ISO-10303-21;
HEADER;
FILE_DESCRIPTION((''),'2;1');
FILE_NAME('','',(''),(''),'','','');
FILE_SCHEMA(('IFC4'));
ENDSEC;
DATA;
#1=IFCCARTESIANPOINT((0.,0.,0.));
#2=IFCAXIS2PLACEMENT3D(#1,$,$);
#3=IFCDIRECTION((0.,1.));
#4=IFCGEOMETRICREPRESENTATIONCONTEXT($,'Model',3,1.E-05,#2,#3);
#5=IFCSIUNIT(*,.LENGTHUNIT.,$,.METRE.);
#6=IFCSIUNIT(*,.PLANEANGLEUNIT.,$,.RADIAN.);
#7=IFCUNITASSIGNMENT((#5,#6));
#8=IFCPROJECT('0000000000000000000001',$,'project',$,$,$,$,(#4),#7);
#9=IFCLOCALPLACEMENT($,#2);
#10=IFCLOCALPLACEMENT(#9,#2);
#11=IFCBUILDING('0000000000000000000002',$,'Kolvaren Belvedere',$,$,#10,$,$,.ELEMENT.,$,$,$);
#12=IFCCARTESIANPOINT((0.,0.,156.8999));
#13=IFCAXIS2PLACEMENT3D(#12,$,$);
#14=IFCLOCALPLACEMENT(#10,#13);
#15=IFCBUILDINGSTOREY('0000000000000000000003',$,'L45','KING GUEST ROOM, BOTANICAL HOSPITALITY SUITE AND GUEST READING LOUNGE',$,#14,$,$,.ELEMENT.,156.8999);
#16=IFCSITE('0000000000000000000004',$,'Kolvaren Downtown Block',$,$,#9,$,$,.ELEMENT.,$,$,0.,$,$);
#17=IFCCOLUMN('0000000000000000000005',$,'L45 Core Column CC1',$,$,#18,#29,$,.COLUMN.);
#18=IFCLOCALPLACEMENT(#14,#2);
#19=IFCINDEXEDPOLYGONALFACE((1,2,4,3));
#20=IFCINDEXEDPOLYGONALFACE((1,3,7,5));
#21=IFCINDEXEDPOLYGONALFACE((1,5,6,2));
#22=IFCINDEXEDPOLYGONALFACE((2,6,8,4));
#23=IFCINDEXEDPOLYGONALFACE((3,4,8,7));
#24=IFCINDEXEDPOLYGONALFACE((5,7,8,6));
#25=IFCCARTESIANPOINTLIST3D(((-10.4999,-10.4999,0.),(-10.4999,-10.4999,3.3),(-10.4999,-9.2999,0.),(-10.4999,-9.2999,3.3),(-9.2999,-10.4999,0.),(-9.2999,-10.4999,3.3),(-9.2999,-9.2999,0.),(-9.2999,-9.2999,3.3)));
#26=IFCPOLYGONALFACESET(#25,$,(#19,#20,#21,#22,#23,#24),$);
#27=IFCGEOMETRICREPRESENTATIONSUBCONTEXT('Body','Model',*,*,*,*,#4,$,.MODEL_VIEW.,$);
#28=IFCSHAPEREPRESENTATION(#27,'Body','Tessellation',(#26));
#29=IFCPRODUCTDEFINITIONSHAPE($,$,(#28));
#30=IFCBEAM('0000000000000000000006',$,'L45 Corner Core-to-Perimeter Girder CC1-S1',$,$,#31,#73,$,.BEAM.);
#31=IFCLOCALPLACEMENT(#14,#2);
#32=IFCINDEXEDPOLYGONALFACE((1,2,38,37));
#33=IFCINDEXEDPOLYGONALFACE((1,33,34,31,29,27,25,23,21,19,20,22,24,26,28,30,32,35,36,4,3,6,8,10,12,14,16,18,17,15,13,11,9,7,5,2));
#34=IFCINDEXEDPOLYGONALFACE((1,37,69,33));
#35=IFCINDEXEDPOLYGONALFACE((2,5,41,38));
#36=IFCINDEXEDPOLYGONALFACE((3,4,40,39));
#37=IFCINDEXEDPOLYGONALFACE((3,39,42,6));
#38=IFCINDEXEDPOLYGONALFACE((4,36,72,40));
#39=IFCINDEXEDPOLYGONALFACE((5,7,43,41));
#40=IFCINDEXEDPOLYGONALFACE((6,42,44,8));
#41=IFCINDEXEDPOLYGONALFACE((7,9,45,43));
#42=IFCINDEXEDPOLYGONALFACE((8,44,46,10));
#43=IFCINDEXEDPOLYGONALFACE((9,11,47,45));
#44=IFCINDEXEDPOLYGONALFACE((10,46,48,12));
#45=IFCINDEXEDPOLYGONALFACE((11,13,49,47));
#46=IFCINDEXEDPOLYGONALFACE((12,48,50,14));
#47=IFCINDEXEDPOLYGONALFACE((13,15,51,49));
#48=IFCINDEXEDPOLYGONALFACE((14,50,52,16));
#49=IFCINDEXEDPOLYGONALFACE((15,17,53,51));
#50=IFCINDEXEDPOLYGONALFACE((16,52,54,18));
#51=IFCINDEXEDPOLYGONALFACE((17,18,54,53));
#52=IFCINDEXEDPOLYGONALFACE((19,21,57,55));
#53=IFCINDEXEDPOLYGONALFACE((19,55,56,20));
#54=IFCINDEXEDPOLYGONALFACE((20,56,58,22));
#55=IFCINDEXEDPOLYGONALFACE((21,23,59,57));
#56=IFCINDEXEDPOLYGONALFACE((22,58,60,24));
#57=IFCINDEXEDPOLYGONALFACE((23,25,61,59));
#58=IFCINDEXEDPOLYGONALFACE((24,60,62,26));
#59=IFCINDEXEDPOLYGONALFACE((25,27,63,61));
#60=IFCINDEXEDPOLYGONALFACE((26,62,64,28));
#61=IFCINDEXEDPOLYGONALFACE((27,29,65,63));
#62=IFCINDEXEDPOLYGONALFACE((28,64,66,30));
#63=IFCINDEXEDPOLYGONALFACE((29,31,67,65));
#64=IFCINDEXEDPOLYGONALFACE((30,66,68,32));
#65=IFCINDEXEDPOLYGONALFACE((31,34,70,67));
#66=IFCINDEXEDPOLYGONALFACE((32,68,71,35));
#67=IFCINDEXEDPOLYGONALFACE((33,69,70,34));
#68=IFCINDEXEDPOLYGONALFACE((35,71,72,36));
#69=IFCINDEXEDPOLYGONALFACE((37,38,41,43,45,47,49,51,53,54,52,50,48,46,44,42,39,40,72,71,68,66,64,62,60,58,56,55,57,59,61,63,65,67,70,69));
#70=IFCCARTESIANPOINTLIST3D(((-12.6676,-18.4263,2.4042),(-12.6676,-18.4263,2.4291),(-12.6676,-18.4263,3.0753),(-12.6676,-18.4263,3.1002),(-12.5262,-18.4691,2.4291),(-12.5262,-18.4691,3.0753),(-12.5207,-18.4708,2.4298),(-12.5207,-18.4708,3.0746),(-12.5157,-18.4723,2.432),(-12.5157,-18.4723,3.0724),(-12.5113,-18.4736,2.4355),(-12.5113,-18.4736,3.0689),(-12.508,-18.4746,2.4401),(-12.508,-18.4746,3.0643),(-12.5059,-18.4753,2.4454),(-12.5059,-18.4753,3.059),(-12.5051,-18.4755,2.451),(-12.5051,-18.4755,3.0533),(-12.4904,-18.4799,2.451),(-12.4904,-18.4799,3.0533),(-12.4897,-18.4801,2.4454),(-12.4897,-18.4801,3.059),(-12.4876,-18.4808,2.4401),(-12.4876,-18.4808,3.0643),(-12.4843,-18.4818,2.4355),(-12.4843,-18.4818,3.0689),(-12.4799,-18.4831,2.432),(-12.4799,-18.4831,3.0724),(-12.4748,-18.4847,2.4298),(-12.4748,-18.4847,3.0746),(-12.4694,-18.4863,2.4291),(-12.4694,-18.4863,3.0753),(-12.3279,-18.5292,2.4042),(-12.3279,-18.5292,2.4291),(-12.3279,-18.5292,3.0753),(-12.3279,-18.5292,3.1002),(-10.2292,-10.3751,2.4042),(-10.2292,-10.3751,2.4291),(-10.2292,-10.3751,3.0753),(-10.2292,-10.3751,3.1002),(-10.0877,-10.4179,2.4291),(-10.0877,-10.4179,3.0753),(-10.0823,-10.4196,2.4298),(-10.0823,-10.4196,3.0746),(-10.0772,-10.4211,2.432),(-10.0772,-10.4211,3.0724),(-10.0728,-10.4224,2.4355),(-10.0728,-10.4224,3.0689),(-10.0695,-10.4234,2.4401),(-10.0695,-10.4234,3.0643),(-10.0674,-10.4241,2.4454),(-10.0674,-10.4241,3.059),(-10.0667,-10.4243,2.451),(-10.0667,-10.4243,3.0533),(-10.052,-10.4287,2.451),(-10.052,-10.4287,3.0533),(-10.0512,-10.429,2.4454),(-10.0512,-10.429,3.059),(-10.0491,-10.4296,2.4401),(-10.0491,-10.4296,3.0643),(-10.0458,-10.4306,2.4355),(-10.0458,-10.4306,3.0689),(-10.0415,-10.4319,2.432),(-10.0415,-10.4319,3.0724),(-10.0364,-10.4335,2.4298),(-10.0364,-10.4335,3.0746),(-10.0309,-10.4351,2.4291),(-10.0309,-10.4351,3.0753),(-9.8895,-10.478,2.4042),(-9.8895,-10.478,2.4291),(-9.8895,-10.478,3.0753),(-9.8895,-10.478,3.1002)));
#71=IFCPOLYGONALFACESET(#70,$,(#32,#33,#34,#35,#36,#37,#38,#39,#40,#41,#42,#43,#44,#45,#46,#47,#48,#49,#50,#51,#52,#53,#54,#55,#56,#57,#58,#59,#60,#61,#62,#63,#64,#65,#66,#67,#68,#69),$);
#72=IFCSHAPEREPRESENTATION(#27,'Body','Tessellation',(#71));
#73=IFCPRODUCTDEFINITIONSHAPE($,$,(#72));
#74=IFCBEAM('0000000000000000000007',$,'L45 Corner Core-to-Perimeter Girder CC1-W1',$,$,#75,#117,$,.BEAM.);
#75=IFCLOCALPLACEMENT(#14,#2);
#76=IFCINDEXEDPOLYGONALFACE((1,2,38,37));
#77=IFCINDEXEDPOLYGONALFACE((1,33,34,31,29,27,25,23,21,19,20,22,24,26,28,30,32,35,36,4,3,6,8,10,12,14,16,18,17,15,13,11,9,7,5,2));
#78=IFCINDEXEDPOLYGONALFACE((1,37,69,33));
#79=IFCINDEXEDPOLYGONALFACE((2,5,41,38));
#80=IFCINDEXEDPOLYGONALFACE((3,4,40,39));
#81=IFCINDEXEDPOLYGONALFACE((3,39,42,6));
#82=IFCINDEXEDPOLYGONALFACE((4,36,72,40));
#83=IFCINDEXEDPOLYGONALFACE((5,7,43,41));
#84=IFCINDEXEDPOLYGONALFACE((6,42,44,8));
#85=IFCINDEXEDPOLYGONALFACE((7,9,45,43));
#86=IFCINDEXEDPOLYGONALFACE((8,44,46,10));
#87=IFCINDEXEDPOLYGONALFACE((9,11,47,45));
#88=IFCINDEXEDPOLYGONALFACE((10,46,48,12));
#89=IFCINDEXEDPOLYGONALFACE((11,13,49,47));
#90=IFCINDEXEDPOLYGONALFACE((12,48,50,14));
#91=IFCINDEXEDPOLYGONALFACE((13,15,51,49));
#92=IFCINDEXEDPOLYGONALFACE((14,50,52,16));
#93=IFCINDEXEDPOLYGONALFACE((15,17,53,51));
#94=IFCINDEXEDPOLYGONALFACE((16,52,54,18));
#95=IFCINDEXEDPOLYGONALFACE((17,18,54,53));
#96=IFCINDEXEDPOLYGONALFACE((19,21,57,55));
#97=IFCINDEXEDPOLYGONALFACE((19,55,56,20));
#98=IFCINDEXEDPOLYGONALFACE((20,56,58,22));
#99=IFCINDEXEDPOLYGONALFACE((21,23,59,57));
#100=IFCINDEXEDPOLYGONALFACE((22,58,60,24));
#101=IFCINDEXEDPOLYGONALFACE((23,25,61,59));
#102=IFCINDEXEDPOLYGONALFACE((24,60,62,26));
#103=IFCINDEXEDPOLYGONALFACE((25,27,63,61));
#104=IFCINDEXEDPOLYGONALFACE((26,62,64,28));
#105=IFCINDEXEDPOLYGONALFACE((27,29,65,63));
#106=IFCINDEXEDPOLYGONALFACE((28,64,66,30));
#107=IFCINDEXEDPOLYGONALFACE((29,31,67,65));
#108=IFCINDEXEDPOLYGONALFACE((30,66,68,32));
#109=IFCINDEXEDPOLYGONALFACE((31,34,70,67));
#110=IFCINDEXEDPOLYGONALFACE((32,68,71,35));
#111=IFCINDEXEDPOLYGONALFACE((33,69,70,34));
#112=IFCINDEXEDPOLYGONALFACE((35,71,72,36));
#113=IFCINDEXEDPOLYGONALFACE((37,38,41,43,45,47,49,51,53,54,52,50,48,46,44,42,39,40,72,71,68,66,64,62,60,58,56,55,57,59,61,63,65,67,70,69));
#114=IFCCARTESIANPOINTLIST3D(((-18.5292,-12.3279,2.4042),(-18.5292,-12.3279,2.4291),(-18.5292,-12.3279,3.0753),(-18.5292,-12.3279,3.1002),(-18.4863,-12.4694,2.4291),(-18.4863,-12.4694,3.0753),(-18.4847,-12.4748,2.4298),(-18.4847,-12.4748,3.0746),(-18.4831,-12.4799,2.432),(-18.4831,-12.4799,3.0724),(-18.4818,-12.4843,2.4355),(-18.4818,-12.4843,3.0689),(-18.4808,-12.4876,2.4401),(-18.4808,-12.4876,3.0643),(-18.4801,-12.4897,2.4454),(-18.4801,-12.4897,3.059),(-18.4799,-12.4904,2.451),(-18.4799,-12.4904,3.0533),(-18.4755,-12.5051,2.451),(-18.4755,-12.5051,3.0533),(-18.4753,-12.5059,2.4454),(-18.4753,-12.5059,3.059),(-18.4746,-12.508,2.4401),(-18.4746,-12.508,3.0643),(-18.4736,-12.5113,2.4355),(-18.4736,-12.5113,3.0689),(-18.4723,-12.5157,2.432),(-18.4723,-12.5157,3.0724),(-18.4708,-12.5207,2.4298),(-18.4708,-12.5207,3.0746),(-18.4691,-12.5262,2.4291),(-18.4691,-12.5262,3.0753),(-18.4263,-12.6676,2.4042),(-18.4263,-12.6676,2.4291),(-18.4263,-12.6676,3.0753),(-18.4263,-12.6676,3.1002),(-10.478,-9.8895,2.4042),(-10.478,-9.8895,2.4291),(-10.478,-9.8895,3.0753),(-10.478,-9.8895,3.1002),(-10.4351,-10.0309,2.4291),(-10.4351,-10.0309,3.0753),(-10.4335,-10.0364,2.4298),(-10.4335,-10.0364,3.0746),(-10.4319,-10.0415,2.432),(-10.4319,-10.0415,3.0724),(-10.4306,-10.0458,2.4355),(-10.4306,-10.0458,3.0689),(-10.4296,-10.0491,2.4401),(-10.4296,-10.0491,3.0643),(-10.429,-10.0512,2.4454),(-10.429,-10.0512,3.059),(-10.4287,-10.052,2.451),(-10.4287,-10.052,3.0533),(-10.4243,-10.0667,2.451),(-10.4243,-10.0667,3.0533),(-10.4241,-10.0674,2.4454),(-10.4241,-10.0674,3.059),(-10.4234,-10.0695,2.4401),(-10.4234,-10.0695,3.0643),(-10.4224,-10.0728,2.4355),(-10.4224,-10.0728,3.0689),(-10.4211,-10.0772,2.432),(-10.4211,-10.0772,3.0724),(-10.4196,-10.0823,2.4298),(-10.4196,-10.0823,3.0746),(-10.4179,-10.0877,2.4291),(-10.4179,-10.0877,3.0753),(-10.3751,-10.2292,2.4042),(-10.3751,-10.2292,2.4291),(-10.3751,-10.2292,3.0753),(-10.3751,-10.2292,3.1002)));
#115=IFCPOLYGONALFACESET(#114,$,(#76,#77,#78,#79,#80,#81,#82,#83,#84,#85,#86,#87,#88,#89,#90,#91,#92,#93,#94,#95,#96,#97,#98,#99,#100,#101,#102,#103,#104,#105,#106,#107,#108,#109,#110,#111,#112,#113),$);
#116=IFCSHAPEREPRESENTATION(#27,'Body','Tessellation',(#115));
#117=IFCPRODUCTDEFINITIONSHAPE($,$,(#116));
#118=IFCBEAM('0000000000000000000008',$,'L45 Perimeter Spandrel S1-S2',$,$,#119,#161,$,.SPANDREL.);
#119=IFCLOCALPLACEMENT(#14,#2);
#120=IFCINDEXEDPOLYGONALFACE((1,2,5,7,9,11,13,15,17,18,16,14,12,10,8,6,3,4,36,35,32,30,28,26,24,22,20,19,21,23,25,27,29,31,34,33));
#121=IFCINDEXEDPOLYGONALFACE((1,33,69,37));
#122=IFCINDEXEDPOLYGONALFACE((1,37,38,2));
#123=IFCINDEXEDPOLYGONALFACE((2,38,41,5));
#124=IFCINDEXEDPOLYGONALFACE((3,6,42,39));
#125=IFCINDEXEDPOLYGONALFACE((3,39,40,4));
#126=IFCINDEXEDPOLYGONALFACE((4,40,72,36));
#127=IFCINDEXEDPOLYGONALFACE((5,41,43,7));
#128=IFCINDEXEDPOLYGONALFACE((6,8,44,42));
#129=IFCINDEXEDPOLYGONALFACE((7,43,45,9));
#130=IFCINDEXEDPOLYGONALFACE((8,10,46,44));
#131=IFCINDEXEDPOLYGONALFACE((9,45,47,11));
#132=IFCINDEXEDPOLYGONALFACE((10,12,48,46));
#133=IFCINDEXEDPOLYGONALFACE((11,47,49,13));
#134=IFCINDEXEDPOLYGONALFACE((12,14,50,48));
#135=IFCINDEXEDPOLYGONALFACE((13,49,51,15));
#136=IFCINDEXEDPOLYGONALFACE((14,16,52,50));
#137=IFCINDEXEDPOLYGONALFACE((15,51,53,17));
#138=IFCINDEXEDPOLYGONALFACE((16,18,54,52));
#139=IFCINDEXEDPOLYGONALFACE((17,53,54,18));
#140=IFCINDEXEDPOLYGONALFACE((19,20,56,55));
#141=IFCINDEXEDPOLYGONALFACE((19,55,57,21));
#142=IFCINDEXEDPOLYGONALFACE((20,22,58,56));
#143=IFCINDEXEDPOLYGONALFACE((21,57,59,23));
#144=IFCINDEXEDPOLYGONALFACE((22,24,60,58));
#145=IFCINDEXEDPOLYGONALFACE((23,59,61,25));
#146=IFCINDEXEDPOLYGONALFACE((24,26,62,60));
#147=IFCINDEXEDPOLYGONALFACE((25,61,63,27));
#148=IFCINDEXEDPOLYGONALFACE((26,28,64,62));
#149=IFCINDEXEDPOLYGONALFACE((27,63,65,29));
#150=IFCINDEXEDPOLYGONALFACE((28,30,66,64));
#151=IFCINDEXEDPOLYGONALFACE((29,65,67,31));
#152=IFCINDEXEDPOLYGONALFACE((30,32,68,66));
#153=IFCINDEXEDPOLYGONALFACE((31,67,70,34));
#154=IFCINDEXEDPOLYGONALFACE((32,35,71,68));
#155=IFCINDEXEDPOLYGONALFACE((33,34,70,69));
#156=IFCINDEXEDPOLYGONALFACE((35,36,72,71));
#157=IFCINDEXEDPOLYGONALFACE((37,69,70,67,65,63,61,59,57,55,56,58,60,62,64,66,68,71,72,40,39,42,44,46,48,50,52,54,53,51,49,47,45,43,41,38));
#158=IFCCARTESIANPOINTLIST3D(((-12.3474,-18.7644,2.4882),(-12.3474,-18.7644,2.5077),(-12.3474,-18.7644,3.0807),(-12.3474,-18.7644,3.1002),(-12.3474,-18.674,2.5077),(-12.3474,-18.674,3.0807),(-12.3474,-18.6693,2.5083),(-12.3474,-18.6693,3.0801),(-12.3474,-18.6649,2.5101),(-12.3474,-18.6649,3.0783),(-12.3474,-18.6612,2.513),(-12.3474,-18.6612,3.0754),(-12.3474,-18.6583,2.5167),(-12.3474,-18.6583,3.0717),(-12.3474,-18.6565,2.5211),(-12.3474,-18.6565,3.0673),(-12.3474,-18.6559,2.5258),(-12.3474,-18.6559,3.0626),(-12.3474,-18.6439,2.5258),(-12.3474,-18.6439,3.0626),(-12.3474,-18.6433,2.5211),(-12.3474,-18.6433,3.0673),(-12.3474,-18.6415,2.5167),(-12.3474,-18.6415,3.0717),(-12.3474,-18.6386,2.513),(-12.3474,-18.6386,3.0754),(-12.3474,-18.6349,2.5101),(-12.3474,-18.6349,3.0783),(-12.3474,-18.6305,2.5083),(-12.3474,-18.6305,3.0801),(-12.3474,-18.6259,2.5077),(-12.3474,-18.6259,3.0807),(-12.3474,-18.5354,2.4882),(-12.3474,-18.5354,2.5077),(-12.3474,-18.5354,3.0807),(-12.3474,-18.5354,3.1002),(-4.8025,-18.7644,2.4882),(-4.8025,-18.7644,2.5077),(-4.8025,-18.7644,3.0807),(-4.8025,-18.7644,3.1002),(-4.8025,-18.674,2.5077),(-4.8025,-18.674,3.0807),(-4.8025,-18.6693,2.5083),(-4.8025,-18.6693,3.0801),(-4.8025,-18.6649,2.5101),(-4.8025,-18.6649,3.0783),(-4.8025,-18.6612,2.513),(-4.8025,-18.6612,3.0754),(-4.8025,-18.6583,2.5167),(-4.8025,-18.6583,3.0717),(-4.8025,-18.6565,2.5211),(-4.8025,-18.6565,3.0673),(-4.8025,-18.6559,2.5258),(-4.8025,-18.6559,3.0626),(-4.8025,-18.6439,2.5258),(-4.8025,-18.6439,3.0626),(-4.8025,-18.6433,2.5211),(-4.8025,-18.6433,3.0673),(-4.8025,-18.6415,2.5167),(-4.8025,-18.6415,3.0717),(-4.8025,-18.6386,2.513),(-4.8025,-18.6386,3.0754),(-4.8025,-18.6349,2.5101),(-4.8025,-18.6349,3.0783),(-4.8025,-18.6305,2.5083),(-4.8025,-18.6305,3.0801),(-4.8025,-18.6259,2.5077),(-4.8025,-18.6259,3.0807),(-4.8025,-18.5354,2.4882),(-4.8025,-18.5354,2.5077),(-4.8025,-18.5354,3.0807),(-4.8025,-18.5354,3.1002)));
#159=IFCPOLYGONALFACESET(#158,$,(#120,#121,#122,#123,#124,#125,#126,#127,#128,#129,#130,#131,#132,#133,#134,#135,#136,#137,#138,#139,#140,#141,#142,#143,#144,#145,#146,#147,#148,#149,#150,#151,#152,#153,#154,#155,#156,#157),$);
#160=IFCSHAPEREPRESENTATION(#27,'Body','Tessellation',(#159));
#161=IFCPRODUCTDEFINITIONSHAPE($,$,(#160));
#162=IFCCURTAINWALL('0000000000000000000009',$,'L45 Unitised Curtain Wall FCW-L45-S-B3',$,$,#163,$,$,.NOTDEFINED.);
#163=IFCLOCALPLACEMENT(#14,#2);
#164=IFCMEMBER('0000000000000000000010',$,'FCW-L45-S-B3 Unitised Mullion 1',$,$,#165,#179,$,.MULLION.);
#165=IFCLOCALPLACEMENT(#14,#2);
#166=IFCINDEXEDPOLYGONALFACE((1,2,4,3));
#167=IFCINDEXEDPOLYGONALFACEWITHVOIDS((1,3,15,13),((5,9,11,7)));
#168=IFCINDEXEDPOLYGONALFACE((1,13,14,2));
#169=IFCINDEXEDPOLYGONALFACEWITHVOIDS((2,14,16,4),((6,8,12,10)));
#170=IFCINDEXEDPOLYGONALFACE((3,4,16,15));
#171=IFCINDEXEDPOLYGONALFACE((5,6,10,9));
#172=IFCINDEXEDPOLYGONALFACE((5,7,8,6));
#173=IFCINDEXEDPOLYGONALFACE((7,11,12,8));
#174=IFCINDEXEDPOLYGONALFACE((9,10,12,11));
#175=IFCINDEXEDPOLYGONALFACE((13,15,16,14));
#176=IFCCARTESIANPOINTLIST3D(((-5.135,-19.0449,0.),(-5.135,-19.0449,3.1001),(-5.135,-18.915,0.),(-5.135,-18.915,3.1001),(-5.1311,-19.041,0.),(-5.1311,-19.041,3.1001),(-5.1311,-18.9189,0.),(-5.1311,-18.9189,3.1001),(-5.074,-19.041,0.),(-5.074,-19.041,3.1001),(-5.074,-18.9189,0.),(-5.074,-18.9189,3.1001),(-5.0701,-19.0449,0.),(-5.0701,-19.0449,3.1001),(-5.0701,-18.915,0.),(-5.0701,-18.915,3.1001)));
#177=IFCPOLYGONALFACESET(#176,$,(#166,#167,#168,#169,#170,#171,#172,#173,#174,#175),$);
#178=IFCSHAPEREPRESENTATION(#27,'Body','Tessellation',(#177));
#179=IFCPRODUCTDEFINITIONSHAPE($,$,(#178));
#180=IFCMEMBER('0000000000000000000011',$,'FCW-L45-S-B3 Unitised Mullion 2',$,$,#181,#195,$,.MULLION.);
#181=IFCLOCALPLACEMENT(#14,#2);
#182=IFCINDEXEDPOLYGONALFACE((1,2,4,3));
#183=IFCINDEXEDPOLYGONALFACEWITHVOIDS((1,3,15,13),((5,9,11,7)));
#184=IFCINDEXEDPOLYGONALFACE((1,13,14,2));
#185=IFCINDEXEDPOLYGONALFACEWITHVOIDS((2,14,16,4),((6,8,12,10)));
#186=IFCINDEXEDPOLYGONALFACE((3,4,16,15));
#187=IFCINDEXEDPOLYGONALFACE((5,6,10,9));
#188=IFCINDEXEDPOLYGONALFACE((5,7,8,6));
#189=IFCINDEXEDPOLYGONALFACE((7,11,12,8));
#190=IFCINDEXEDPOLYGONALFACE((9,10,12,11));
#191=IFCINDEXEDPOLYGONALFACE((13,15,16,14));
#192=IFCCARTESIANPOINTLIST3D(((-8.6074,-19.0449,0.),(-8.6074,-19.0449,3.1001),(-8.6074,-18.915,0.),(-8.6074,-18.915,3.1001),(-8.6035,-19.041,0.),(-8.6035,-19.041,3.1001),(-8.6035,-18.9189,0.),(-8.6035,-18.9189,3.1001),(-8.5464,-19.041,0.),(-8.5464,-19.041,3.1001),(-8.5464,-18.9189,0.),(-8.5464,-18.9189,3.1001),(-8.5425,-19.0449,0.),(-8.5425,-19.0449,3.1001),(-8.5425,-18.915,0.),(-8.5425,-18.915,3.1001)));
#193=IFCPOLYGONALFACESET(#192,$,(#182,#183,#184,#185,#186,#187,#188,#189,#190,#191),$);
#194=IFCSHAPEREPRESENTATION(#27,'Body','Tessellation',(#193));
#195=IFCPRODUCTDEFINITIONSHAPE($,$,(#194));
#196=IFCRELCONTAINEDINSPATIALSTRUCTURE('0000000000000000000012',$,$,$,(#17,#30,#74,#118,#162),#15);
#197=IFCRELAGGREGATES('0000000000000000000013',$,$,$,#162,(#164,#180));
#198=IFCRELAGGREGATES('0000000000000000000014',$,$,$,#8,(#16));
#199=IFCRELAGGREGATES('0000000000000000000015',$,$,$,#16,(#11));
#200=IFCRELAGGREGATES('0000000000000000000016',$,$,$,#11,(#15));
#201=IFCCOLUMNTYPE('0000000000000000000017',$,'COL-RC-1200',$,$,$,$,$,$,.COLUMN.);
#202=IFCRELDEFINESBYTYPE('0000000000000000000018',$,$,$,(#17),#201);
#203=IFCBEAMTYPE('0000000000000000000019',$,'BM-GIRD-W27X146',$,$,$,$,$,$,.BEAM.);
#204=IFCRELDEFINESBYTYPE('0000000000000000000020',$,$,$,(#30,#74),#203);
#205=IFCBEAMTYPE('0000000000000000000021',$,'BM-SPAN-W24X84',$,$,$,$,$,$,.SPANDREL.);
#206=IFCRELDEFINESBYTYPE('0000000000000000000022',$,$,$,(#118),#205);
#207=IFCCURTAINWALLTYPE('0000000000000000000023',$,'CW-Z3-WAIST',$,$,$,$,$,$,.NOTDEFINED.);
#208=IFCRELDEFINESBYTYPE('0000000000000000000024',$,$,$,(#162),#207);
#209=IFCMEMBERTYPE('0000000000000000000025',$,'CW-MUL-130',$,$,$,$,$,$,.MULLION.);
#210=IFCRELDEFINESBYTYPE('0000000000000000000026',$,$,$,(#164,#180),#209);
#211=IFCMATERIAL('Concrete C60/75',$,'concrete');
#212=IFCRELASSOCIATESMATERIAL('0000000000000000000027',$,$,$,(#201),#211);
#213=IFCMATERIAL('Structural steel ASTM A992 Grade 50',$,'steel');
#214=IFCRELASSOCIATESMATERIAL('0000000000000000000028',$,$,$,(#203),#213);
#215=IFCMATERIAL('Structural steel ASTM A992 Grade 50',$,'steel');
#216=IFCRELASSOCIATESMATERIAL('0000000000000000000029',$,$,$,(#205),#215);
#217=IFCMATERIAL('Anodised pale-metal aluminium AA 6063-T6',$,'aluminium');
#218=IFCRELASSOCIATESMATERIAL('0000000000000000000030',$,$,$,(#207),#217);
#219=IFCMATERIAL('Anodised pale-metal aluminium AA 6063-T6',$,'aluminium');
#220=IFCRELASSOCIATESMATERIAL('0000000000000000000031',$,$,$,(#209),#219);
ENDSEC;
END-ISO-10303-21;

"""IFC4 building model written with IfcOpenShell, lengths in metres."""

from ifc_helpers import new_model, si_unit, direction, frame, origin, origin_2d, place, context, subcontext, project, spatial, rectangle, hollow_rectangle, i_section, extrude, material, material_profile, profile_set, type_object, element, aggregate, save


model = new_model("IFC4")

# Units and contexts
model_context = context("Model", 3, precision=1e-05, world=origin(), true_north=direction((0.0, 1.0)))
body_context = subcontext(model_context, "Body", "Model", "MODEL_VIEW")
ifc_project = project(units=[si_unit("LENGTHUNIT", "METRE"), si_unit("PLANEANGLEUNIT", "RADIAN")], contexts=[model_context])

# Site, building, storey
site_placement = place(None, origin())
site = spatial("IfcSite", under=ifc_project, at=site_placement, Name="Kolvaren Downtown Block", CompositionType="ELEMENT", RefElevation=0.0)
building_placement = place(site_placement, origin())
building = spatial("IfcBuilding", under=site, at=building_placement, Name="Kolvaren Belvedere", CompositionType="ELEMENT")
storey_placement = place(building_placement, frame((0.0, 0.0, 156.8999)))
storey = spatial("IfcBuildingStorey", under=building, at=storey_placement, Name="L45", Description="KING GUEST ROOM, BOTANICAL HOSPITALITY SUITE AND GUEST READING LOUNGE", CompositionType="ELEMENT", Elevation=156.8999)

# Column
ifc_material_1 = material(Name="Concrete C60/75", Category="concrete")
ifc_material_profile_1 = material_profile(ifc_material_1, rectangle(XDim=1.2, YDim=1.2, at=origin_2d()), Name="RC 1200X1200")
ifc_profile_set_1 = profile_set([ifc_material_profile_1], Name="Concrete C60/75")
column_type = type_object("IfcColumnType", Name="COL-RC-1200", PredefinedType="COLUMN", material=ifc_profile_set_1)
column_placement = place(storey_placement, frame((-9.8999, -9.8999, 0.0), z_axis=(0.0, 0.0, 1.0), x_axis=(1.0, 0.0, 0.0)))
element("IfcColumn", 1, at=column_placement, inside=storey, type_object=column_type, Name="L45 Core Column CC1", PredefinedType="COLUMN", context=body_context, shape_type="SweptSolid", body=[
    extrude(rectangle(XDim=1.2, YDim=1.2, at=origin_2d()), origin(), (0.0, 0.0, 1.0), 3.3),
])

# Beams
ifc_material_2 = material(Name="Structural steel ASTM A992 Grade 50", Category="steel")
ifc_material_profile_2 = material_profile(ifc_material_2, i_section(OverallWidth=0.355, OverallDepth=0.696, WebThickness=0.0154, FlangeThickness=0.0249, FilletRadius=0.022, at=origin_2d()), Name="W27X146")
ifc_profile_set_2 = profile_set([ifc_material_profile_2], Name="Structural steel ASTM A992 Grade 50")
beam_type_1 = type_object("IfcBeamType", Name="BM-GIRD-W27X146", PredefinedType="BEAM", material=ifc_profile_set_2)
for number, where, z_axis, x_axis, name in (
    (2, (-10.0593, -10.4265, 2.7522), (-0.289866, -0.957067, 0.0), (0.957067, -0.289866, 0.0), "L45 Corner Core-to-Perimeter Girder CC1-S1"),
    (3, (-10.4265, -10.0593, 2.7522), (-0.957067, -0.289866, 0.0), (0.289866, -0.957067, 0.0), "L45 Corner Core-to-Perimeter Girder CC1-W1"),
):
    element("IfcBeam", number, at=place(storey_placement, frame(where, z_axis=z_axis, x_axis=x_axis)), inside=storey, type_object=beam_type_1, Name=name, PredefinedType="BEAM", context=body_context, shape_type="SweptSolid", body=[
        extrude(i_section(OverallWidth=0.355, OverallDepth=0.696, WebThickness=0.0154, FlangeThickness=0.0249, FilletRadius=0.022, at=origin_2d()), origin(), (0.0, 0.0, 1.0), 8.4124),
    ])
ifc_material_3 = material(Name="Structural steel ASTM A992 Grade 50", Category="steel")
ifc_material_profile_3 = material_profile(ifc_material_3, i_section(OverallWidth=0.229, OverallDepth=0.6121, WebThickness=0.012, FlangeThickness=0.0195, FilletRadius=0.0181, at=origin_2d()), Name="W24X84")
ifc_profile_set_3 = profile_set([ifc_material_profile_3], Name="Structural steel ASTM A992 Grade 50")
beam_type_2 = type_object("IfcBeamType", Name="BM-SPAN-W24X84", PredefinedType="SPANDREL", material=ifc_profile_set_3)
beam_placement = place(storey_placement, frame((-12.3474, -18.6499, 2.7942), z_axis=(1.0, 0.0, 0.0), x_axis=(0.0, 1.0, 0.0)))
element("IfcBeam", 4, at=beam_placement, inside=storey, type_object=beam_type_2, Name="L45 Perimeter Spandrel S1-S2", PredefinedType="SPANDREL", context=body_context, shape_type="SweptSolid", body=[
    extrude(i_section(OverallWidth=0.229, OverallDepth=0.6121, WebThickness=0.012, FlangeThickness=0.0195, FilletRadius=0.0181, at=origin_2d()), origin(), (0.0, 0.0, 1.0), 7.5449),
])

# Curtain wall, members
ifc_material_4 = material(Name="Anodised pale-metal aluminium AA 6063-T6", Category="aluminium")
curtain_wall_type = type_object("IfcCurtainWallType", Name="CW-Z3-WAIST", PredefinedType="NOTDEFINED", material=ifc_material_4)
curtain_wall_placement = place(storey_placement, origin())
curtain_wall = element("IfcCurtainWall", 5, at=curtain_wall_placement, inside=storey, type_object=curtain_wall_type, Name="L45 Unitised Curtain Wall FCW-L45-S-B3", PredefinedType="NOTDEFINED")
ifc_material_5 = material(Name="Anodised pale-metal aluminium AA 6063-T6", Category="aluminium")
ifc_material_profile_4 = material_profile(ifc_material_5, hollow_rectangle(XDim=0.0649, YDim=0.1299, WallThickness=0.0039, at=origin_2d()), Name="ALU-MUL-130X65")
ifc_profile_set_4 = profile_set([ifc_material_profile_4], Name="Anodised pale-metal aluminium AA 6063-T6")
member_type = type_object("IfcMemberType", Name="CW-MUL-130", PredefinedType="MULLION", material=ifc_profile_set_4)
member_1_placement = place(storey_placement, frame((-5.1025, -18.98, 0.0), z_axis=(0.0, 0.0, 1.0), x_axis=(1.0, 0.0, 0.0)))
member_1 = element("IfcMember", 6, at=member_1_placement, type_object=member_type, Name="FCW-L45-S-B3 Unitised Mullion 1", PredefinedType="MULLION", context=body_context, shape_type="SweptSolid", body=[
    extrude(hollow_rectangle(XDim=0.0649, YDim=0.1299, WallThickness=0.0039, at=origin_2d()), origin(), (0.0, 0.0, 1.0), 3.1001),
])
member_2_placement = place(storey_placement, frame((-8.575, -18.98, 0.0), z_axis=(0.0, 0.0, 1.0), x_axis=(1.0, 0.0, 0.0)))
member_2 = element("IfcMember", 7, at=member_2_placement, type_object=member_type, Name="FCW-L45-S-B3 Unitised Mullion 2", PredefinedType="MULLION", context=body_context, shape_type="SweptSolid", body=[
    extrude(hollow_rectangle(XDim=0.0649, YDim=0.1299, WallThickness=0.0039, at=origin_2d()), origin(), (0.0, 0.0, 1.0), 3.1001),
])
aggregate(curtain_wall, [member_1, member_2])

save(model, "model.ifc")
